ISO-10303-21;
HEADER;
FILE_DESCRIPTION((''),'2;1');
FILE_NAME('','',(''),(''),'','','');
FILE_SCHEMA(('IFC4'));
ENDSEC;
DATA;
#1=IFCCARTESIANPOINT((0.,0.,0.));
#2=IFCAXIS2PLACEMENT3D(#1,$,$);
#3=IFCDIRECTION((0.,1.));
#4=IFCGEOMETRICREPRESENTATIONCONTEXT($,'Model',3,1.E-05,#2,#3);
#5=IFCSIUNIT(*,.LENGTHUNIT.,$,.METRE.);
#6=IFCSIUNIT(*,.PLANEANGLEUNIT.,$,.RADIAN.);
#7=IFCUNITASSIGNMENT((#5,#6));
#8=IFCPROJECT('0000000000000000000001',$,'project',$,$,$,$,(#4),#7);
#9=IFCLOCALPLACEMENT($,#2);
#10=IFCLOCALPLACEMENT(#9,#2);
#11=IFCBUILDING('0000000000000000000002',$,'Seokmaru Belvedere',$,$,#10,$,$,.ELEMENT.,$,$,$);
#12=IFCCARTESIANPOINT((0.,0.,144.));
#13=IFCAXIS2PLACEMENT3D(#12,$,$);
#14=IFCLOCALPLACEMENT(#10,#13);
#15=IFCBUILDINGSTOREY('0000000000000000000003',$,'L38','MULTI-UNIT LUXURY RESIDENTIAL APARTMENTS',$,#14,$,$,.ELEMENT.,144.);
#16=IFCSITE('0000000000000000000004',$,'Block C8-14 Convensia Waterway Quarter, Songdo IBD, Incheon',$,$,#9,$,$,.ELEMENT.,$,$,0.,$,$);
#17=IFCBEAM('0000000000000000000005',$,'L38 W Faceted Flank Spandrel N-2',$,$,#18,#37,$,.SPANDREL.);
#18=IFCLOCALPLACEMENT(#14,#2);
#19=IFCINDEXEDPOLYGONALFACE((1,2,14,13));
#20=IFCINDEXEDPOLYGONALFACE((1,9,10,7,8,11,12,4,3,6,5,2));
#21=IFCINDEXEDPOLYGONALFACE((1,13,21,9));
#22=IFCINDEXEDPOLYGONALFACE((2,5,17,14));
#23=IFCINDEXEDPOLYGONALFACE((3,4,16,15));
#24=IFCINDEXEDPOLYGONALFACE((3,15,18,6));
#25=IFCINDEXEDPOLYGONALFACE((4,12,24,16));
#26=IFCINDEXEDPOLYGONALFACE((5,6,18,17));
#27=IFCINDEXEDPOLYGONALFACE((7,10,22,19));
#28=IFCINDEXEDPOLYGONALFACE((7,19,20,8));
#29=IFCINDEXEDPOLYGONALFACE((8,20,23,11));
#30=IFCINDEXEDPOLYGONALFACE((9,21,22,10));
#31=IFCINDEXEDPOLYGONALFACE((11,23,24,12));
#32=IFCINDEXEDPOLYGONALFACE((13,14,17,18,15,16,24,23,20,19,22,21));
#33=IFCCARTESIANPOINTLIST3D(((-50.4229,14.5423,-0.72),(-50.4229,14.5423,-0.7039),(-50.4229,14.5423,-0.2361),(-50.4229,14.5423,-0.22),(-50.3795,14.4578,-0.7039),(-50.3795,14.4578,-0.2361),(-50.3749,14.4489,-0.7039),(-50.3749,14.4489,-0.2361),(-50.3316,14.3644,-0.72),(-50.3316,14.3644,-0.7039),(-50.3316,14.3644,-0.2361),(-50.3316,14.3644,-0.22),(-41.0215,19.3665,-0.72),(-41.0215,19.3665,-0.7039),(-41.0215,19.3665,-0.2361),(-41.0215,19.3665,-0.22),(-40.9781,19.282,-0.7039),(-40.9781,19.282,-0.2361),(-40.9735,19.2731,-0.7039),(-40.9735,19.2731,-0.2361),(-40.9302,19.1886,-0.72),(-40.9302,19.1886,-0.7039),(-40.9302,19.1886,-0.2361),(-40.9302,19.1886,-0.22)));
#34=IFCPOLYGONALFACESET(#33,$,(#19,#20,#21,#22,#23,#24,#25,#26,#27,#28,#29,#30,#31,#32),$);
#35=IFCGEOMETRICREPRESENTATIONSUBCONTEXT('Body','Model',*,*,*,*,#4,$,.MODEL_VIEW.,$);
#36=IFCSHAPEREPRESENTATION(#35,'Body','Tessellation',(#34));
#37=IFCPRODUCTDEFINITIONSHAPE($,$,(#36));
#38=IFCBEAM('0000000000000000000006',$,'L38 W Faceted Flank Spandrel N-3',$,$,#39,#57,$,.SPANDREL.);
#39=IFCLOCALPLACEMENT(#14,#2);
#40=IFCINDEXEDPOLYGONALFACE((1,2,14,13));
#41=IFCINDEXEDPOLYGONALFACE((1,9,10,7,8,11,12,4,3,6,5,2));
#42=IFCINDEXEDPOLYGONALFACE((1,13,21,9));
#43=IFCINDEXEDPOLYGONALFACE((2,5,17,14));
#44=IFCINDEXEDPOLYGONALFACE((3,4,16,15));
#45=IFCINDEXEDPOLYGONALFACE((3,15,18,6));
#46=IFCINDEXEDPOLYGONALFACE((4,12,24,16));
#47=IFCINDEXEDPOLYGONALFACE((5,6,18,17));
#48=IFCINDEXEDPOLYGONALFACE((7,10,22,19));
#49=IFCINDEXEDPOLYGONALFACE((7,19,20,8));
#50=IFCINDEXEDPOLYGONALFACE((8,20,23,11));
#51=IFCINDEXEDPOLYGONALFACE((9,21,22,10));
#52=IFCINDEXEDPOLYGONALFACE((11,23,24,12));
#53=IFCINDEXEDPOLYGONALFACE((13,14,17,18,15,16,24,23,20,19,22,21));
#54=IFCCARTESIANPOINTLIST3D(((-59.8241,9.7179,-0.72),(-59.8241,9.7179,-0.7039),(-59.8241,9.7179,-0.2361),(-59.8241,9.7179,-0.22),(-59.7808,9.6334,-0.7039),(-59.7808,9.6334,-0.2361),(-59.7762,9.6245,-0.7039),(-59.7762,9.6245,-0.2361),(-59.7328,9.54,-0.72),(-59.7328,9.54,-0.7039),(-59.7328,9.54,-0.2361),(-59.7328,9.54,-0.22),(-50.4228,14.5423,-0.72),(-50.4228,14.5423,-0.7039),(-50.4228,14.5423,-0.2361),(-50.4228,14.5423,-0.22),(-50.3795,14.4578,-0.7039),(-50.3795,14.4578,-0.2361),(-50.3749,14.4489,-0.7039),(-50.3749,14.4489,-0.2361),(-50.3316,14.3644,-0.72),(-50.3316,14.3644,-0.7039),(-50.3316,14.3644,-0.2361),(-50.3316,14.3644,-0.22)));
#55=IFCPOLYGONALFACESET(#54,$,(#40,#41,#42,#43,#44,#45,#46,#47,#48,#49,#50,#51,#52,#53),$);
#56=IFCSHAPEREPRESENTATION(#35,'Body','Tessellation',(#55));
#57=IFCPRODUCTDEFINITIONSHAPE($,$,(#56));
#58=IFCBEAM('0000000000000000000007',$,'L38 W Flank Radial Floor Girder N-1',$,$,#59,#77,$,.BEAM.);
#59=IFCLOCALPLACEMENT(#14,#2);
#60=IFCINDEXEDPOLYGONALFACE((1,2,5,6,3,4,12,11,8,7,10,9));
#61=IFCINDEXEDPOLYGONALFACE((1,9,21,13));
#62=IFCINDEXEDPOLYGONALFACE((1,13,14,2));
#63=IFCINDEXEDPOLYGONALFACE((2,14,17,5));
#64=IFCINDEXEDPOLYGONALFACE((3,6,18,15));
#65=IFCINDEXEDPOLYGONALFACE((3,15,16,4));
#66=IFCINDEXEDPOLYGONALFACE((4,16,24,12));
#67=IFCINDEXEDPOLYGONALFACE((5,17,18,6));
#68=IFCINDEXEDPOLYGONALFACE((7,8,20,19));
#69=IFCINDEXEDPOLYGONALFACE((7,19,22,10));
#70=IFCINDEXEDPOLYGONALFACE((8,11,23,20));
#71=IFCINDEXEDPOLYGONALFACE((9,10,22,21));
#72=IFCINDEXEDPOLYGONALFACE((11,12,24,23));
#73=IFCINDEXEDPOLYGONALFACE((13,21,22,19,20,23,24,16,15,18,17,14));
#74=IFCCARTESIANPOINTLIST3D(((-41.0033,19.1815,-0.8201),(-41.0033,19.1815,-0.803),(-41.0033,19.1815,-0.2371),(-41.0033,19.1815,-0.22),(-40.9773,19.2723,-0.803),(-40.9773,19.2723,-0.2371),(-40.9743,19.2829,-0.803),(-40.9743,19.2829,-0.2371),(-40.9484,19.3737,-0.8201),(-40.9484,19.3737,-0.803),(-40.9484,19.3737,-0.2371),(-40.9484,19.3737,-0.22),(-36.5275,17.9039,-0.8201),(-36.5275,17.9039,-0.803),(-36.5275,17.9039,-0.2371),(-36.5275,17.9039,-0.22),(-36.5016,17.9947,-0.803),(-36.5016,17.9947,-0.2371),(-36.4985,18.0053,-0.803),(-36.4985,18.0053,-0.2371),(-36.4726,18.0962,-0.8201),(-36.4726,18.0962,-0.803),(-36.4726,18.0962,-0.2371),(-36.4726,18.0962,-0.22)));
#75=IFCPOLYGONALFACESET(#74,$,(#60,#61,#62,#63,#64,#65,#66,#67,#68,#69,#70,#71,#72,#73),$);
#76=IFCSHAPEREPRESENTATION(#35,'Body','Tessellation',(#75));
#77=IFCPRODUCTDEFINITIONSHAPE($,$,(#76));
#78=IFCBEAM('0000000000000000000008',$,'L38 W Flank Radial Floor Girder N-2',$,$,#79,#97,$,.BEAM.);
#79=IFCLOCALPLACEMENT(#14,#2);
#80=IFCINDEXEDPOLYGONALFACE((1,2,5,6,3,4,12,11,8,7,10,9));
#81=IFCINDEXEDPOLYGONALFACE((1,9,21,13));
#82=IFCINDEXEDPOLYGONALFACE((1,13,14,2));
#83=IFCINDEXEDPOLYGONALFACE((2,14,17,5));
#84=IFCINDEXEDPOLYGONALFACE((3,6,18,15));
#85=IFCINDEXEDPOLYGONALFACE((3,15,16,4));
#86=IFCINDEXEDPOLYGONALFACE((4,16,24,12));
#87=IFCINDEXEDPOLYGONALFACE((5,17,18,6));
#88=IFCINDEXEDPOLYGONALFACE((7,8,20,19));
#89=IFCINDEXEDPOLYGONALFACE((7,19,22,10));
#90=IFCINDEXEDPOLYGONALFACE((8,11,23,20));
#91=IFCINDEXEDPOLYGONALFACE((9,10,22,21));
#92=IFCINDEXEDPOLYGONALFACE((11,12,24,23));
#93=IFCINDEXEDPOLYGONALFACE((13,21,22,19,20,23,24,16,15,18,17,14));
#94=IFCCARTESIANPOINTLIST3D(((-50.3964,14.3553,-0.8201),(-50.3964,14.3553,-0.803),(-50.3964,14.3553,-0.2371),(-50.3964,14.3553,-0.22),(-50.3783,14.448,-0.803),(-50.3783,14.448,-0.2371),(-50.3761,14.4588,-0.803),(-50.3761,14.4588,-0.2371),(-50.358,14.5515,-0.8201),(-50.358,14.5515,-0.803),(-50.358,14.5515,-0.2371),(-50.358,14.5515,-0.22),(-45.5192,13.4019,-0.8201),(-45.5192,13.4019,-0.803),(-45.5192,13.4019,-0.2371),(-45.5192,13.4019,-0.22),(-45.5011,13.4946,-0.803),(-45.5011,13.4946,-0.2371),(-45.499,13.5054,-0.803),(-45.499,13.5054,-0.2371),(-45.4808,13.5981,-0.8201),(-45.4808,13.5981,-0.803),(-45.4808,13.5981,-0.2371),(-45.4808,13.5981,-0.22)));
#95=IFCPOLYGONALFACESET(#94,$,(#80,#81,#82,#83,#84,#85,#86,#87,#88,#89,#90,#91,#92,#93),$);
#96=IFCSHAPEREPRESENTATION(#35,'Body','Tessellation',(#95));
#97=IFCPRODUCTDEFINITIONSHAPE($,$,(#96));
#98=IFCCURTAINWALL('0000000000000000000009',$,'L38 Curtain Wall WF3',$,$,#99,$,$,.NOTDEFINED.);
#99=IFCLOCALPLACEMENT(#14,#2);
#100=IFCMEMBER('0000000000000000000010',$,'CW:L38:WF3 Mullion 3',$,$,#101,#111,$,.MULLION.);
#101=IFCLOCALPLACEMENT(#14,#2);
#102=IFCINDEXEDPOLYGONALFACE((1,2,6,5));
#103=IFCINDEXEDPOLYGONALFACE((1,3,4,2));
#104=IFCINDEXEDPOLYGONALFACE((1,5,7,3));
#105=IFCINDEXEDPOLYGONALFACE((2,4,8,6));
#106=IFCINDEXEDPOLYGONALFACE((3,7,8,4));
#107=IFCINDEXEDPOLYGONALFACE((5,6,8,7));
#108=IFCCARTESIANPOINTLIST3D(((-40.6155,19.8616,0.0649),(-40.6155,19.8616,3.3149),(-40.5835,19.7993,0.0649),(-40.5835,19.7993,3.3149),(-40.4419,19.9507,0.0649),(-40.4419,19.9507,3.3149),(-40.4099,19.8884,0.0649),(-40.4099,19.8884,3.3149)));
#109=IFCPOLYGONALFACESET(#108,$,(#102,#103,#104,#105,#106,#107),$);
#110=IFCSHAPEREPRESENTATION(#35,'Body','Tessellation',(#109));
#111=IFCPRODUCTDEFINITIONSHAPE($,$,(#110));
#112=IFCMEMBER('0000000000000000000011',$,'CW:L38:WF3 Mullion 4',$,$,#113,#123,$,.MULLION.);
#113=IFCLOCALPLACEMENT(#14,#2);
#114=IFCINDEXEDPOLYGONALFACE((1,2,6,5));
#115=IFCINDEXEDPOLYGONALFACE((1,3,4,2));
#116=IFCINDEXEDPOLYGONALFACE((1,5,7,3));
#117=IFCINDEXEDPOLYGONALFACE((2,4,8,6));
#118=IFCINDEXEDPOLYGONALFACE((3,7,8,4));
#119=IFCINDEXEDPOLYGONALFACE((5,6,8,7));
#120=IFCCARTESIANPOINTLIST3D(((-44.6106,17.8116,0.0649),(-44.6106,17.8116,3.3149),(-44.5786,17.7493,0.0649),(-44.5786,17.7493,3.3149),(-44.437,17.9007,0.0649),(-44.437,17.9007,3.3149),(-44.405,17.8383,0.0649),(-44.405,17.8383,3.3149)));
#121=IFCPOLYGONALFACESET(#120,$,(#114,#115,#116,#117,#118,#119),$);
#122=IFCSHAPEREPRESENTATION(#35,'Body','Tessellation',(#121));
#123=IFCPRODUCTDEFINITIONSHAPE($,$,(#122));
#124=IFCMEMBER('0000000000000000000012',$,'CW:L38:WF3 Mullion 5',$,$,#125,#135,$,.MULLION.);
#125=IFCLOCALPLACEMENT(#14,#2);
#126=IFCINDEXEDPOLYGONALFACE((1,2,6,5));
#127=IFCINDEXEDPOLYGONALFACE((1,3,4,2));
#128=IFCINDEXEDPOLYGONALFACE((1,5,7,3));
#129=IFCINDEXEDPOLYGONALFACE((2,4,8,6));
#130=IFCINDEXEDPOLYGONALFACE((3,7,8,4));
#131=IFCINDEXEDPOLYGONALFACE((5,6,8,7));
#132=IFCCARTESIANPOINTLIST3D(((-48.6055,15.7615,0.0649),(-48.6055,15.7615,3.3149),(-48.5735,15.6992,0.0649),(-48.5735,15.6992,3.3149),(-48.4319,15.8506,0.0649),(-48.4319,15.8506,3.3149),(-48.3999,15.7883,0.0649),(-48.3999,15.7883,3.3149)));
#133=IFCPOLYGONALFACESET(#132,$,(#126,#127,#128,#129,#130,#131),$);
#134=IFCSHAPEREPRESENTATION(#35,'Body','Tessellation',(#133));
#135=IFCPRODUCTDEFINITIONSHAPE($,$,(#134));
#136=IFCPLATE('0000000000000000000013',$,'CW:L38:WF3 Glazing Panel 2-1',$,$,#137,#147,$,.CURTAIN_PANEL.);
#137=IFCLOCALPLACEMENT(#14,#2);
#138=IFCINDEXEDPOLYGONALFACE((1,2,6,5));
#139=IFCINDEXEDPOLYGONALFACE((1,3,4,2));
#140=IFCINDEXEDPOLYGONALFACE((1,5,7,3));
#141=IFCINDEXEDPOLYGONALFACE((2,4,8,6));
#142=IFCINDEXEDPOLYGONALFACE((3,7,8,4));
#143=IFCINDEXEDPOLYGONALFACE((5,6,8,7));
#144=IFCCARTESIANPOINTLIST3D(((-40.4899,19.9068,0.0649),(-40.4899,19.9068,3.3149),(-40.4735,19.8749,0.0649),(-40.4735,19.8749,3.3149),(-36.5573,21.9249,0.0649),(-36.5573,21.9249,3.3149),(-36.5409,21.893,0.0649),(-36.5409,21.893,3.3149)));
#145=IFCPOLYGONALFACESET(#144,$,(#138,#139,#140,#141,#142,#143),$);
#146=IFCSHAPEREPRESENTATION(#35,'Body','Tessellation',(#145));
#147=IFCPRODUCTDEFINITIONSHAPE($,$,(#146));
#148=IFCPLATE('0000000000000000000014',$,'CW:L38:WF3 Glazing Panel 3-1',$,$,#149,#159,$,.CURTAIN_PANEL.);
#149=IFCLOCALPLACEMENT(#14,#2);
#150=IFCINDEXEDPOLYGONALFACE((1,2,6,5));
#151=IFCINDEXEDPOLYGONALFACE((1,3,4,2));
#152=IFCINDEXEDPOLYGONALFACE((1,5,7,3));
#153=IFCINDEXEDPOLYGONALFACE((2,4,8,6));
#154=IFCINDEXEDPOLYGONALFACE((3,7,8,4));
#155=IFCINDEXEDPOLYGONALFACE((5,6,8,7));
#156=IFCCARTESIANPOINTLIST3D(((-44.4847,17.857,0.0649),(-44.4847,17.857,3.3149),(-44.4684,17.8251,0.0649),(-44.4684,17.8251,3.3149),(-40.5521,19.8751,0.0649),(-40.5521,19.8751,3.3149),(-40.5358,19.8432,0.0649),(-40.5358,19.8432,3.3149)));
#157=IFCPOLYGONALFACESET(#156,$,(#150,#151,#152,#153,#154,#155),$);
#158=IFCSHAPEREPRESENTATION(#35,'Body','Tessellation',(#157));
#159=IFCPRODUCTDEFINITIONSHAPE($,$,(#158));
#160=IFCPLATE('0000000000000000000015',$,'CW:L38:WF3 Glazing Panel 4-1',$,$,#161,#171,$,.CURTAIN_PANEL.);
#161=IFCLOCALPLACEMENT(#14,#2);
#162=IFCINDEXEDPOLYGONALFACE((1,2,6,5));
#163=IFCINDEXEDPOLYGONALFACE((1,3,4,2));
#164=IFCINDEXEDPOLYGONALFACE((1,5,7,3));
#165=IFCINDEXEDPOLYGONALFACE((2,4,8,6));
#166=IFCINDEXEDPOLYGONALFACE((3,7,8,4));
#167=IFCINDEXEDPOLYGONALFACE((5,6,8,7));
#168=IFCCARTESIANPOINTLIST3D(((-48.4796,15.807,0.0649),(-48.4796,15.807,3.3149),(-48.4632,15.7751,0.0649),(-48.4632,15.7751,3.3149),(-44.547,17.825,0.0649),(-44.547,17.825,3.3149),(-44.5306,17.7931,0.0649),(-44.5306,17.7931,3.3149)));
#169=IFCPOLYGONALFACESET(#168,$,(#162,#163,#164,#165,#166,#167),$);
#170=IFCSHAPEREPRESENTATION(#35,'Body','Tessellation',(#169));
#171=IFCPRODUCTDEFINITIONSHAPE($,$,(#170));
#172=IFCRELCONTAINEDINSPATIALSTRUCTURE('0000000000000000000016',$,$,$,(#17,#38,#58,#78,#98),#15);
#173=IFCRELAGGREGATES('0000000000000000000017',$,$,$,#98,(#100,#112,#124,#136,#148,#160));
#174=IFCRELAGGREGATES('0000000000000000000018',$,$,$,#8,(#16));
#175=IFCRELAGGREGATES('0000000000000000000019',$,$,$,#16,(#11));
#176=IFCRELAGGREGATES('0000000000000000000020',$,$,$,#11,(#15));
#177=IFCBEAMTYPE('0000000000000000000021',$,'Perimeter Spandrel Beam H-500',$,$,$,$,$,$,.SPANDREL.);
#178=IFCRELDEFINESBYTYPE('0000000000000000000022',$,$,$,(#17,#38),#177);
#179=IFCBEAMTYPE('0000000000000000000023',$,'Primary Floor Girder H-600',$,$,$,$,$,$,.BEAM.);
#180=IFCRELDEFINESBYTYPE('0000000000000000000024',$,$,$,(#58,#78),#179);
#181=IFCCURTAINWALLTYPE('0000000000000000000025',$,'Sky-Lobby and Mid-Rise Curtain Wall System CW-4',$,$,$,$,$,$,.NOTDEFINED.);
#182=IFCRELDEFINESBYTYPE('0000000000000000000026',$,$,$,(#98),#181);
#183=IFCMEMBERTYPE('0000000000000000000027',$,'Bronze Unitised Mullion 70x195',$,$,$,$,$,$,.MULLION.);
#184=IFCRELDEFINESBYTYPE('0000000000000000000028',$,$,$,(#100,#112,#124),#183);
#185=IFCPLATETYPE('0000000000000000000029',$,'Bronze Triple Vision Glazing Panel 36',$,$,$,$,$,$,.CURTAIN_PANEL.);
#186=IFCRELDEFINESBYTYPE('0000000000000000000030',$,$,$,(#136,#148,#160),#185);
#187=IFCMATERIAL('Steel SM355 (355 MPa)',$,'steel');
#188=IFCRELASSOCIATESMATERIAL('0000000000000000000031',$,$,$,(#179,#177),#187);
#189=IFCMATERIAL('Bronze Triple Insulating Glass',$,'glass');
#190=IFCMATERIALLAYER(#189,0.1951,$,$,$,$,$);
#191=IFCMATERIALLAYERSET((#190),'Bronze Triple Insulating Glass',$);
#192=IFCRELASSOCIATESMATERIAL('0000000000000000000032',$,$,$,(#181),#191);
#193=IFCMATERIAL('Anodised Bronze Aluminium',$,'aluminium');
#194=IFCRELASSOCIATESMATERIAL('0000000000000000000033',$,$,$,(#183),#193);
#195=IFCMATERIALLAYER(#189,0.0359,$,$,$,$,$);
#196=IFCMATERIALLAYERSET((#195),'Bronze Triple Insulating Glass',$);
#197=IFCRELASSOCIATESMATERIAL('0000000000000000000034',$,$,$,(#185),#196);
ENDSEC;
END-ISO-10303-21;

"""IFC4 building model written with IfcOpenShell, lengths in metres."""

from ifc_helpers import new_model, si_unit, direction, frame, origin, origin_2d, place, context, subcontext, project, spatial, rectangle, i_section, extrude, source, transform, mapped, material, layer, layer_set, material_profile, profile_set, type_object, type_shapes, element, aggregate, save


model = new_model("IFC4")

# Units and contexts
model_context = context("Model", 3, precision=1e-05, world=origin(), true_north=direction((0.0, 1.0)))
body_context = subcontext(model_context, "Body", "Model", "MODEL_VIEW")
ifc_project = project(units=[si_unit("LENGTHUNIT", "METRE"), si_unit("PLANEANGLEUNIT", "RADIAN")], contexts=[model_context])

# Site, building, storey
site_placement = place(None, origin())
site = spatial("IfcSite", under=ifc_project, at=site_placement, Name="Block C8-14 Convensia Waterway Quarter, Songdo IBD, Incheon", CompositionType="ELEMENT", RefElevation=0.0)
building_placement = place(site_placement, origin())
building = spatial("IfcBuilding", under=site, at=building_placement, Name="Seokmaru Belvedere", CompositionType="ELEMENT")
storey_placement = place(building_placement, frame((0.0, 0.0, 144.0)))
storey = spatial("IfcBuildingStorey", under=building, at=storey_placement, Name="L38", Description="MULTI-UNIT LUXURY RESIDENTIAL APARTMENTS", CompositionType="ELEMENT", Elevation=144.0)

# Shared definitions
ifc_material_1 = material(Name="Steel SM355 (355 MPa)", Category="steel")

# Beams
ifc_material_profile_1 = material_profile(ifc_material_1, i_section(OverallWidth=0.2, OverallDepth=0.6001, WebThickness=0.011, FlangeThickness=0.0171, at=origin_2d()), Name="H-600x200x11x17")
ifc_profile_set_1 = profile_set([ifc_material_profile_1], Name="Steel SM355 (355 MPa)")
beam_type_1 = type_object("IfcBeamType", Name="Primary Floor Girder H-600", PredefinedType="BEAM", material=ifc_profile_set_1)
ifc_material_profile_2 = material_profile(ifc_material_1, i_section(OverallWidth=0.2, OverallDepth=0.5, WebThickness=0.01, FlangeThickness=0.0161, at=origin_2d()), Name="H-500x200x10x16")
ifc_profile_set_2 = profile_set([ifc_material_profile_2], Name="Steel SM355 (355 MPa)")
beam_type_2 = type_object("IfcBeamType", Name="Perimeter Spandrel Beam H-500", PredefinedType="SPANDREL", material=ifc_profile_set_2)
shared_shape_1 = source(origin(), body_context, "Body", "SweptSolid", [
    extrude(i_section(OverallWidth=0.2, OverallDepth=0.5, WebThickness=0.01, FlangeThickness=0.0161, at=origin_2d()), origin(), (0.0, 0.0, 1.0), 10.5669),
])
type_shapes(beam_type_2, [shared_shape_1])
for number, where, z_axis, x_axis, name in (
    (1, (-40.9758, 19.2776, -0.47), (-0.889702, -0.456542, 0.0), (0.456542, -0.889702, 0.0), "L38 W Faceted Flank Spandrel N-2"),
    (2, (-50.3772, 14.4534, -0.47), (-0.889693, -0.45656, 0.0), (0.45656, -0.889693, 0.0), "L38 W Faceted Flank Spandrel N-3"),
):
    element("IfcBeam", number, at=place(storey_placement, frame(where, z_axis=z_axis, x_axis=x_axis)), inside=storey, type_object=beam_type_2, Name=name, PredefinedType="SPANDREL", context=body_context, shape_type="MappedRepresentation", body=[
        mapped(shared_shape_1, transform((0.0, 0.0, 0.0), scale=1.0)),
    ])
shared_shape_2 = source(origin(), body_context, "Body", "SweptSolid", [
    extrude(i_section(OverallWidth=0.2, OverallDepth=0.6001, WebThickness=0.011, FlangeThickness=0.0171, at=origin_2d()), origin(), (0.0, 0.0, 1.0), 4.6545),
])
beam_1_placement = place(storey_placement, frame((-40.9758, 19.2776, -0.52), z_axis=(0.961593, -0.274479, 0.0), x_axis=(0.274479, 0.961593, 0.0)))
element("IfcBeam", 3, at=beam_1_placement, inside=storey, type_object=beam_type_1, Name="L38 W Flank Radial Floor Girder N-1", PredefinedType="BEAM", context=body_context, shape_type="MappedRepresentation", body=[
    mapped(shared_shape_2, transform((0.0, 0.0, 0.0), scale=1.0)),
])
shared_shape_3 = source(origin(), body_context, "Body", "SweptSolid", [
    extrude(i_section(OverallWidth=0.2, OverallDepth=0.6001, WebThickness=0.011, FlangeThickness=0.0171, at=origin_2d()), origin(), (0.0, 0.0, 1.0), 4.9695),
])
beam_2_placement = place(storey_placement, frame((-50.3772, 14.4534, -0.52), z_axis=(0.981425, -0.191844, 0.0), x_axis=(0.191844, 0.981425, 0.0)))
element("IfcBeam", 4, at=beam_2_placement, inside=storey, type_object=beam_type_1, Name="L38 W Flank Radial Floor Girder N-2", PredefinedType="BEAM", context=body_context, shape_type="MappedRepresentation", body=[
    mapped(shared_shape_3, transform((0.0, 0.0, 0.0), scale=1.0)),
])

# Curtain wall, members, plates
ifc_material_2 = material(Name="Bronze Triple Insulating Glass", Category="glass")
ifc_layer_1 = layer(ifc_material_2, 0.1951)
ifc_layer_set_1 = layer_set([ifc_layer_1], Name="Bronze Triple Insulating Glass")
curtain_wall_type = type_object("IfcCurtainWallType", Name="Sky-Lobby and Mid-Rise Curtain Wall System CW-4", PredefinedType="NOTDEFINED", material=ifc_layer_set_1)
curtain_wall_placement = place(storey_placement, origin())
curtain_wall = element("IfcCurtainWall", 5, at=curtain_wall_placement, inside=storey, type_object=curtain_wall_type, Name="L38 Curtain Wall WF3", PredefinedType="NOTDEFINED")
ifc_material_3 = material(Name="Anodised Bronze Aluminium", Category="aluminium")
ifc_material_profile_3 = material_profile(ifc_material_3, rectangle(XDim=0.0701, YDim=0.1951, at=origin_2d()), Name="CW-M-70x195")
ifc_profile_set_3 = profile_set([ifc_material_profile_3], Name="Anodised Bronze Aluminium")
member_type = type_object("IfcMemberType", Name="Bronze Unitised Mullion 70x195", PredefinedType="MULLION", material=ifc_profile_set_3)
shared_shape_4 = source(origin(), body_context, "Body", "SweptSolid", [
    extrude(rectangle(XDim=0.0701, YDim=0.1951, at=origin_2d()), origin(), (0.0, 0.0, 1.0), 3.25),
])
type_shapes(member_type, [shared_shape_4])
member_1_placement = place(storey_placement, frame((-40.5127, 19.875, 0.0649), z_axis=(0.0, 0.0, 1.0), x_axis=(0.456555, -0.889695, 0.0)))
member_1 = element("IfcMember", 6, at=member_1_placement, type_object=member_type, Name="CW:L38:WF3 Mullion 3", PredefinedType="MULLION", context=body_context, shape_type="MappedRepresentation", body=[
    mapped(shared_shape_4, transform((0.0, 0.0, 0.0), scale=1.0)),
])
member_2_placement = place(storey_placement, frame((-44.5078, 17.825, 0.0649), z_axis=(0.0, 0.0, 1.0), x_axis=(0.456555, -0.889695, 0.0)))
member_2 = element("IfcMember", 7, at=member_2_placement, type_object=member_type, Name="CW:L38:WF3 Mullion 4", PredefinedType="MULLION", context=body_context, shape_type="MappedRepresentation", body=[
    mapped(shared_shape_4, transform((0.0, 0.0, 0.0), scale=1.0)),
])
member_3_placement = place(storey_placement, frame((-48.5027, 15.7749, 0.0649), z_axis=(0.0, 0.0, 1.0), x_axis=(0.456555, -0.889695, 0.0)))
member_3 = element("IfcMember", 8, at=member_3_placement, type_object=member_type, Name="CW:L38:WF3 Mullion 5", PredefinedType="MULLION", context=body_context, shape_type="MappedRepresentation", body=[
    mapped(shared_shape_4, transform((0.0, 0.0, 0.0), scale=1.0)),
])
ifc_layer_2 = layer(ifc_material_2, 0.0359)
ifc_layer_set_2 = layer_set([ifc_layer_2], Name="Bronze Triple Insulating Glass")
plate_type = type_object("IfcPlateType", Name="Bronze Triple Vision Glazing Panel 36", PredefinedType="CURTAIN_PANEL", material=ifc_layer_set_2)
shared_shape_5 = source(origin(), body_context, "Body", "SweptSolid", [
    extrude(rectangle(XDim=4.4202, YDim=0.0359, at=origin_2d()), origin(), (0.0, 0.0, 1.0), 3.25),
])
type_shapes(plate_type, [shared_shape_5])
plate_1_placement = place(storey_placement, frame((-38.5154, 20.8999, 0.0649), z_axis=(0.0, 0.0, 1.0), x_axis=(-0.889695, -0.456555, 0.0)))
plate_1 = element("IfcPlate", 9, at=plate_1_placement, type_object=plate_type, Name="CW:L38:WF3 Glazing Panel 2-1", PredefinedType="CURTAIN_PANEL", context=body_context, shape_type="MappedRepresentation", body=[
    mapped(shared_shape_5, transform((0.0, 0.0, 0.0), scale=1.0)),
])
plate_2_placement = place(storey_placement, frame((-42.5103, 18.8501, 0.0649), z_axis=(0.0, 0.0, 1.0), x_axis=(-0.889695, -0.456555, 0.0)))
plate_2 = element("IfcPlate", 10, at=plate_2_placement, type_object=plate_type, Name="CW:L38:WF3 Glazing Panel 3-1", PredefinedType="CURTAIN_PANEL", context=body_context, shape_type="MappedRepresentation", body=[
    mapped(shared_shape_5, transform((0.0, 0.0, 0.0), scale=1.0)),
])
plate_3_placement = place(storey_placement, frame((-46.5051, 16.8, 0.0649), z_axis=(0.0, 0.0, 1.0), x_axis=(-0.889695, -0.456555, 0.0)))
plate_3 = element("IfcPlate", 11, at=plate_3_placement, type_object=plate_type, Name="CW:L38:WF3 Glazing Panel 4-1", PredefinedType="CURTAIN_PANEL", context=body_context, shape_type="MappedRepresentation", body=[
    mapped(shared_shape_5, transform((0.0, 0.0, 0.0), scale=1.0)),
])
aggregate(curtain_wall, [member_1, member_2, member_3, plate_1, plate_2, plate_3])

save(model, "model.ifc")
